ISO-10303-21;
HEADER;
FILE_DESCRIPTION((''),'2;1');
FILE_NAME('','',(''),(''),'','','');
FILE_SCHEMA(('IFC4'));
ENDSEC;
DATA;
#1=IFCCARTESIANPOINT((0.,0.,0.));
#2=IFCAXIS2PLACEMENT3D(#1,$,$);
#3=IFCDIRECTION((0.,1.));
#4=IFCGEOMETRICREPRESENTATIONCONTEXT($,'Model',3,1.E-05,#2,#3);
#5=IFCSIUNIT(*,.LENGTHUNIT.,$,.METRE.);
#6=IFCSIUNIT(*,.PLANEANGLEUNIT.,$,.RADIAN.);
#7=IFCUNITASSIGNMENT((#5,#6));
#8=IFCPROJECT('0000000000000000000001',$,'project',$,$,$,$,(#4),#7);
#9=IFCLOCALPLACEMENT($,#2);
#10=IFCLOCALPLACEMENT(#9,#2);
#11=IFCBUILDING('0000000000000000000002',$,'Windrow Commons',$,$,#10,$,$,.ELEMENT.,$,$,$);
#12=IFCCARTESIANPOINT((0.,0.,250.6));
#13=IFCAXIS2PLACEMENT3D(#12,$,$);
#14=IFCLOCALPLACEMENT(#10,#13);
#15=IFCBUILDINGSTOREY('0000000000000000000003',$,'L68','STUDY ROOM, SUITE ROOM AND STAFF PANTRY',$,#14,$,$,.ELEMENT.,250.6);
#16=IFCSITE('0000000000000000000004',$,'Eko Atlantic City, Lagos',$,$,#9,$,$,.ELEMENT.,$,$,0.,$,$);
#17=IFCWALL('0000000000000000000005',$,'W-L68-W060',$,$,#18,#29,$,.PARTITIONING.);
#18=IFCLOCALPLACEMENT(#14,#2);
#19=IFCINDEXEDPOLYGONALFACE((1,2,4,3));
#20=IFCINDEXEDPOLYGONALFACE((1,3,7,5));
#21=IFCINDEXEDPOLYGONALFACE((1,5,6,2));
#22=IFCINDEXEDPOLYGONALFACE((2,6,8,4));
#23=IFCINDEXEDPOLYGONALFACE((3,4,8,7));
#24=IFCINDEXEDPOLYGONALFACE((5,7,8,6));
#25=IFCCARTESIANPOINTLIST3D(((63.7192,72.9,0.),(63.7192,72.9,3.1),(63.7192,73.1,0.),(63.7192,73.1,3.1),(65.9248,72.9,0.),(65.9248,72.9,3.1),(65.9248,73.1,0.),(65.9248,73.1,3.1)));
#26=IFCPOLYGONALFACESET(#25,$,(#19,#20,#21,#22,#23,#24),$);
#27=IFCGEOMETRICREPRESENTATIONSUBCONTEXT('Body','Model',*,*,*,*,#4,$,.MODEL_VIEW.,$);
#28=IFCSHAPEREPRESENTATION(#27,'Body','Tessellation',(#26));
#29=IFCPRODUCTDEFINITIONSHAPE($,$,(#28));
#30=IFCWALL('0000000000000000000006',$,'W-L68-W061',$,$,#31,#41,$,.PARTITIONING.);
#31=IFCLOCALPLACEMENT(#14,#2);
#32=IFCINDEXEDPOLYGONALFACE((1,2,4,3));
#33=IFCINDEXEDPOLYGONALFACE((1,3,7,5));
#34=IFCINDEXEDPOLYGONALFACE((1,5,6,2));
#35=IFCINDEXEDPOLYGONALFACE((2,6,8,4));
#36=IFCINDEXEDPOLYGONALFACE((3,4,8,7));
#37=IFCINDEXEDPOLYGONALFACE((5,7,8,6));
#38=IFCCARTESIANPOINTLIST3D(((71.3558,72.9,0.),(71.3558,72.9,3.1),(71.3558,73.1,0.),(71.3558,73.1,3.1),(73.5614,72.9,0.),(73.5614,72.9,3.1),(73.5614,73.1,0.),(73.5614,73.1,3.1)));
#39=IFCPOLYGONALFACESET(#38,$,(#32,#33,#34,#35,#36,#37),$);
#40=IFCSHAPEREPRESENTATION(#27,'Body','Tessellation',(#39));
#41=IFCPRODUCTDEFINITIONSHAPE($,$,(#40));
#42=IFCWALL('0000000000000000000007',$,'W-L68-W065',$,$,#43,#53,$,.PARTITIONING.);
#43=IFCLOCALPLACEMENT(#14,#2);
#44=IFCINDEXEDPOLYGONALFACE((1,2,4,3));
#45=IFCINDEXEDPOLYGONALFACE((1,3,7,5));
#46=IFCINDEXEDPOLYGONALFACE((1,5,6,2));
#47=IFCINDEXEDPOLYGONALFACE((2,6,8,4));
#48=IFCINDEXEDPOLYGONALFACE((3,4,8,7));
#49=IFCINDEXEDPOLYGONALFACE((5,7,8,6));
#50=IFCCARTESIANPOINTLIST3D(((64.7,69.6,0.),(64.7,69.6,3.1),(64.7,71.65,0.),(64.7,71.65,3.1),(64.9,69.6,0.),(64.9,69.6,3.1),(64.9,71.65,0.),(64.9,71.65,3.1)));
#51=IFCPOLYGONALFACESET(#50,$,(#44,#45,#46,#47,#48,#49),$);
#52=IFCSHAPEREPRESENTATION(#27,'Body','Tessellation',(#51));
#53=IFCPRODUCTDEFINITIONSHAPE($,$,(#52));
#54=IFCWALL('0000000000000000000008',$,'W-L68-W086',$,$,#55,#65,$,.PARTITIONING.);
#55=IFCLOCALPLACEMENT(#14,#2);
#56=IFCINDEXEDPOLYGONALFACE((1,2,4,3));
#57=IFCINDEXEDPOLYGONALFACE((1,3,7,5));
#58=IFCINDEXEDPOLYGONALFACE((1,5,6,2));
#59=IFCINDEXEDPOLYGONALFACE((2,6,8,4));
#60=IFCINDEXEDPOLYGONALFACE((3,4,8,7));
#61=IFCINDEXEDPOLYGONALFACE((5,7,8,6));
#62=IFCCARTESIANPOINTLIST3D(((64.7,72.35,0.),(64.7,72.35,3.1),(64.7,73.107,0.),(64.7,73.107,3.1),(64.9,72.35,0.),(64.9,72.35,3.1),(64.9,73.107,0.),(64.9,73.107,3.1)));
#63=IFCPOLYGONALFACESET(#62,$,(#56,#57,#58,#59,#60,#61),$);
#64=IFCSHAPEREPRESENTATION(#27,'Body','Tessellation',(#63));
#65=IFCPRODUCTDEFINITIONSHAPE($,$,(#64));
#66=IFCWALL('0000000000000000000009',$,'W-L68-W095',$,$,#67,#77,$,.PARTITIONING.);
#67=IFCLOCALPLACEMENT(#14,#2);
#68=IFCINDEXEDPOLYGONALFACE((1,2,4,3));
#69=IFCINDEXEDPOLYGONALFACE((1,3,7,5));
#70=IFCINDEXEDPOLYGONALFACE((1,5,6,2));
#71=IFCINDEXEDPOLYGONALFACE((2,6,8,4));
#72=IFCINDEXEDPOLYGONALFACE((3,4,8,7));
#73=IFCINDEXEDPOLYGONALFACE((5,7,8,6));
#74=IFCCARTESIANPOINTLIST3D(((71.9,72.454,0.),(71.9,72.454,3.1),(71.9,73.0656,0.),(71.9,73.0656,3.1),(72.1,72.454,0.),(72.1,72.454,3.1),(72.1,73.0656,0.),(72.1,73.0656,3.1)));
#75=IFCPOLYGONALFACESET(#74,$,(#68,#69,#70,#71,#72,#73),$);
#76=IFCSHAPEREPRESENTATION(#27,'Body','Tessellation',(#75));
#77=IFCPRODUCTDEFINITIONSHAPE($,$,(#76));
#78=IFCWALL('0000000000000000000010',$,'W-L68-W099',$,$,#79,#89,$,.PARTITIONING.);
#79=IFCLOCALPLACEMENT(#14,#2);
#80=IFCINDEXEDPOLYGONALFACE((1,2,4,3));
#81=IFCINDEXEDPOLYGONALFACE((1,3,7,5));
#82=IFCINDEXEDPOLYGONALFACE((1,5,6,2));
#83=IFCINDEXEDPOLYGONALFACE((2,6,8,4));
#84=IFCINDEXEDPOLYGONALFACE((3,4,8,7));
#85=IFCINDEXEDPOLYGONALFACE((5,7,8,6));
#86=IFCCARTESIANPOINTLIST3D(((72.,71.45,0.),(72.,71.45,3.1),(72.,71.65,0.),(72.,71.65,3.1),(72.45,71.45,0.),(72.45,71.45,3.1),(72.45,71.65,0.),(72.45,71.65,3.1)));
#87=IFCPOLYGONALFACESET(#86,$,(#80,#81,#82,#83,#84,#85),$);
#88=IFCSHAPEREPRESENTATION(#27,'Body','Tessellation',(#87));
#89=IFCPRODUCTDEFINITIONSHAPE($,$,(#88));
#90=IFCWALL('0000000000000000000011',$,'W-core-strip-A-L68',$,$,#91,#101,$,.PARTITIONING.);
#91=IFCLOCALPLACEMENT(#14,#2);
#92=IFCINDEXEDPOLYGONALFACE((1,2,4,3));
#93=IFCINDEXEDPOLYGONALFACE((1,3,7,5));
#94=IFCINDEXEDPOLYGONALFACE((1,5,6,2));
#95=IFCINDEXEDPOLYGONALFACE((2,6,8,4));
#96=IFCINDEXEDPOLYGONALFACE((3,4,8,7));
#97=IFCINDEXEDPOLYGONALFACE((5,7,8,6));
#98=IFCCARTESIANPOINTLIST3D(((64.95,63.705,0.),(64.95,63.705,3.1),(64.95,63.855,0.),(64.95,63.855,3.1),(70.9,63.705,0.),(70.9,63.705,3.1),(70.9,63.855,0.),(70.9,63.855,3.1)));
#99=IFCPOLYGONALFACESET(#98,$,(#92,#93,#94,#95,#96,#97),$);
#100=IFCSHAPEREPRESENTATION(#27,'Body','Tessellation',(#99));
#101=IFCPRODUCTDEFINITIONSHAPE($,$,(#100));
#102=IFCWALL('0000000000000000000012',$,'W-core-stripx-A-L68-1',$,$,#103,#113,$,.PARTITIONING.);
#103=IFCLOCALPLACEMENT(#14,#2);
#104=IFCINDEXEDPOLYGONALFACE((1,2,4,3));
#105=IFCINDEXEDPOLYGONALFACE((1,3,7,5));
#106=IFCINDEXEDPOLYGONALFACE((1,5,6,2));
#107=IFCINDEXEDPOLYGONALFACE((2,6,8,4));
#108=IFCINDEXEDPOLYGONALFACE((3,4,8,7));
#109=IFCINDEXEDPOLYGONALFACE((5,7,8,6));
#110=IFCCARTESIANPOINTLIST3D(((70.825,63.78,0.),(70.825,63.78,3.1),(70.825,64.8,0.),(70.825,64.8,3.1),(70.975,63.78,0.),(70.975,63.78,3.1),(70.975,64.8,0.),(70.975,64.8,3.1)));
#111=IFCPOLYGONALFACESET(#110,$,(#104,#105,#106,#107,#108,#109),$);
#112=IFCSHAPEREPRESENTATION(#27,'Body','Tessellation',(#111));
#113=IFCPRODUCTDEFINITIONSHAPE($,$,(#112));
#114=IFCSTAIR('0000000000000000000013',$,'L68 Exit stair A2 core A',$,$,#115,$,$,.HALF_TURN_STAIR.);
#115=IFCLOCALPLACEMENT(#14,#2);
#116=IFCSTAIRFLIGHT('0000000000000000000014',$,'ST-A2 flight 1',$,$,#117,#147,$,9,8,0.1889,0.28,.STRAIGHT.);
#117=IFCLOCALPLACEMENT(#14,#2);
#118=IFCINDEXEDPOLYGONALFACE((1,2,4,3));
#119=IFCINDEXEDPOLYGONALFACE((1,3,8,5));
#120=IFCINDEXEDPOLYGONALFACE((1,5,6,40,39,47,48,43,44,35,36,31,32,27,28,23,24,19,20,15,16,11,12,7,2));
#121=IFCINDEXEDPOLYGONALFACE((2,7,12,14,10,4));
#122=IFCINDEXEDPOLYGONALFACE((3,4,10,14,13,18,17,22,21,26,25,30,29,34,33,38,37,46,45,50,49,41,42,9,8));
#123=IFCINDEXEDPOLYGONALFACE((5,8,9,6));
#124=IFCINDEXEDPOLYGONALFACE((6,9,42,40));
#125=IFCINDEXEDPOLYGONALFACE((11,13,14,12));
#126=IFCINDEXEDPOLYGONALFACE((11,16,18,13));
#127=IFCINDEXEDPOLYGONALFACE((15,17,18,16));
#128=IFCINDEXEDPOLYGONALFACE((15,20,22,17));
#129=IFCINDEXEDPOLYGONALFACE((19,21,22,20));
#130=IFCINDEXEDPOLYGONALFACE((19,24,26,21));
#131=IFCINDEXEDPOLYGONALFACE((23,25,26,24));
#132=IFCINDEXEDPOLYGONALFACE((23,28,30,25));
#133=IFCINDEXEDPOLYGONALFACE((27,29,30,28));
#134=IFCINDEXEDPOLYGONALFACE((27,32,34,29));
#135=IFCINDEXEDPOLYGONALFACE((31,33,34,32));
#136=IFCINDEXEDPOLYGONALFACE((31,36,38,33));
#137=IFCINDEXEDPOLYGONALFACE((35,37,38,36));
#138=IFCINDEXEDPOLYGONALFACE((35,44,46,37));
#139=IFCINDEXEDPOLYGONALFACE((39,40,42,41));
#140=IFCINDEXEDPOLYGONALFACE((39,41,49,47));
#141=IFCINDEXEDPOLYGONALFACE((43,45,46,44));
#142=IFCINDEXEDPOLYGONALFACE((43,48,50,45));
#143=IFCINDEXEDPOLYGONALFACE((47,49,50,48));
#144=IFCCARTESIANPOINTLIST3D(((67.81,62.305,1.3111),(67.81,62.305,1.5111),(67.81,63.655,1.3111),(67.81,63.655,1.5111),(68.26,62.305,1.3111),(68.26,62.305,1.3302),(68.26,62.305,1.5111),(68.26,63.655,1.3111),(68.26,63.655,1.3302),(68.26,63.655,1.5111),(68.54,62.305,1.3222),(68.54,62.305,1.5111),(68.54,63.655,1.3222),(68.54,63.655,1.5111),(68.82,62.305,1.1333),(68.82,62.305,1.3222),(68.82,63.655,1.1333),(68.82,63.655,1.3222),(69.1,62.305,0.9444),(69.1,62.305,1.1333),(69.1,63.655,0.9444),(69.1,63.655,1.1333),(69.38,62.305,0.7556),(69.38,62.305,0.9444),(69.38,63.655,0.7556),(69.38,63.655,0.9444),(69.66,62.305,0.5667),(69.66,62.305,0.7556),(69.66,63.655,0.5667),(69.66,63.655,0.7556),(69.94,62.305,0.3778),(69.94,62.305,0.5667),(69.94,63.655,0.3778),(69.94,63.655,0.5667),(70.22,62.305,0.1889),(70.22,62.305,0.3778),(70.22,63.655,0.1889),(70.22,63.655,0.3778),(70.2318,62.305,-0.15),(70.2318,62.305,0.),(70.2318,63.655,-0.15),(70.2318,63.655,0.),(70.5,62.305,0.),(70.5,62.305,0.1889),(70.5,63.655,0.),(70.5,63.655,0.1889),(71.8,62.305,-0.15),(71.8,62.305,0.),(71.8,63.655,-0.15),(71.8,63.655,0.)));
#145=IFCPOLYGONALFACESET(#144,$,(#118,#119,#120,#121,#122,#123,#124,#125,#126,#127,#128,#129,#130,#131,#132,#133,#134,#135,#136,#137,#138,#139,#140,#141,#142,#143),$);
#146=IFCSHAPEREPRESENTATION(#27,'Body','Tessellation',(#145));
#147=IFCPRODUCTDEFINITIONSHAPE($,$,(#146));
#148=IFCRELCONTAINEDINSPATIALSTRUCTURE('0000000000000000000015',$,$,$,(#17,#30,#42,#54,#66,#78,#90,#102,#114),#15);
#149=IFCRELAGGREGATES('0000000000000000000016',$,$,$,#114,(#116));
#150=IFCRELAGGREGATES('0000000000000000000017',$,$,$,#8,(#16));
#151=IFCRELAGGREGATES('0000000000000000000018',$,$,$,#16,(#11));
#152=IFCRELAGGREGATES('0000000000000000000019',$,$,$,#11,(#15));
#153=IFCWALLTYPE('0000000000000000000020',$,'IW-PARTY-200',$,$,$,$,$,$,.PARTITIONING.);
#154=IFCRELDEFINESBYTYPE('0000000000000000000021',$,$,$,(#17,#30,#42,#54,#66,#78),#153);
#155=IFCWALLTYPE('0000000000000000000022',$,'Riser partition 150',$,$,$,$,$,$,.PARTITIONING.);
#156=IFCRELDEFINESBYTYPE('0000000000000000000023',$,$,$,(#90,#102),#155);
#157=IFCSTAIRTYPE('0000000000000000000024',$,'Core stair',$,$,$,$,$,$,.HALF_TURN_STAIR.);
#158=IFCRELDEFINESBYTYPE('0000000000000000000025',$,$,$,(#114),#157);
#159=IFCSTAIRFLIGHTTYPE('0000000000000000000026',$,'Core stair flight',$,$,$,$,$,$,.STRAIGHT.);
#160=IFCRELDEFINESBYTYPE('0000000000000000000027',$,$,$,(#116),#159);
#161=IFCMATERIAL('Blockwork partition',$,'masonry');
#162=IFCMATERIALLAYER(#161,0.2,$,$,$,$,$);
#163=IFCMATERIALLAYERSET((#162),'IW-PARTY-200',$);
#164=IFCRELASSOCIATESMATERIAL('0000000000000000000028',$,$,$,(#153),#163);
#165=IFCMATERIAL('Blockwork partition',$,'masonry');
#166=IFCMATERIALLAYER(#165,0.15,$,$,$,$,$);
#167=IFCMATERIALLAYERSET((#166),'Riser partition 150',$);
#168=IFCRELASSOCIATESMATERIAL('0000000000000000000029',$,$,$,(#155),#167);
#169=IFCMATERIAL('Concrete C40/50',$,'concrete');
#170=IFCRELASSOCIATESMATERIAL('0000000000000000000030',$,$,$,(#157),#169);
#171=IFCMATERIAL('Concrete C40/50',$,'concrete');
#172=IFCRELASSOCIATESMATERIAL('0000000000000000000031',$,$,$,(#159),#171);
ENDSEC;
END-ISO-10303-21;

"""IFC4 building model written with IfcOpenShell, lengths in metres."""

from ifc_helpers import new_model, si_unit, direction, frame, frame_2d, origin, place, context, subcontext, project, spatial, polyline, rectangle, outline, extrude, material, layer, layer_set, type_object, element, aggregate, save


model = new_model("IFC4")

# Units and contexts
model_context = context("Model", 3, precision=1e-05, world=origin(), true_north=direction((0.0, 1.0)))
body_context = subcontext(model_context, "Body", "Model", "MODEL_VIEW")
ifc_project = project(units=[si_unit("LENGTHUNIT", "METRE"), si_unit("PLANEANGLEUNIT", "RADIAN")], contexts=[model_context])

# Site, building, storey
site_placement = place(None, origin())
site = spatial("IfcSite", under=ifc_project, at=site_placement, Name="Eko Atlantic City, Lagos", CompositionType="ELEMENT", RefElevation=0.0)
building_placement = place(site_placement, origin())
building = spatial("IfcBuilding", under=site, at=building_placement, Name="Windrow Commons", CompositionType="ELEMENT")
storey_placement = place(building_placement, frame((0.0, 0.0, 250.6)))
storey = spatial("IfcBuildingStorey", under=building, at=storey_placement, Name="L68", Description="STUDY ROOM, SUITE ROOM AND STAFF PANTRY", CompositionType="ELEMENT", Elevation=250.6)

# Walls
ifc_material_1 = material(Name="Blockwork partition", Category="masonry")
ifc_layer_1 = layer(ifc_material_1, 0.2)
ifc_layer_set_1 = layer_set([ifc_layer_1], Name="IW-PARTY-200")
wall_type_1 = type_object("IfcWallType", Name="IW-PARTY-200", PredefinedType="PARTITIONING", material=ifc_layer_set_1)
for number, where, z_axis, x_axis, name in (
    (1, (63.7191, 73.0, 0.0), (0.0, 0.0, 1.0), (1.0, 0.0, 0.0), "W-L68-W060"),
    (2, (71.3557, 73.0, 0.0), (0.0, 0.0, 1.0), (1.0, 0.0, 0.0), "W-L68-W061"),
):
    element("IfcWall", number, at=place(storey_placement, frame(where, z_axis=z_axis, x_axis=x_axis)), inside=storey, type_object=wall_type_1, Name=name, PredefinedType="PARTITIONING", context=body_context, shape_type="SweptSolid", body=[
        extrude(rectangle(XDim=2.2057, YDim=0.2, at=frame_2d((1.1029, 0.0))), origin(), (0.0, 0.0, 1.0), 3.1),
    ])
wall_1_placement = place(storey_placement, frame((64.8, 69.6, 0.0), z_axis=(0.0, 0.0, 1.0), x_axis=(0.0, 1.0, 0.0)))
element("IfcWall", 3, at=wall_1_placement, inside=storey, type_object=wall_type_1, Name="W-L68-W065", PredefinedType="PARTITIONING", context=body_context, shape_type="SweptSolid", body=[
    extrude(rectangle(XDim=2.05, YDim=0.2, at=frame_2d((1.025, 0.0))), origin(), (0.0, 0.0, 1.0), 3.1),
])
wall_2_placement = place(storey_placement, frame((64.8, 72.35, 0.0), z_axis=(0.0, 0.0, 1.0), x_axis=(0.0, 1.0, 0.0)))
element("IfcWall", 4, at=wall_2_placement, inside=storey, type_object=wall_type_1, Name="W-L68-W086", PredefinedType="PARTITIONING", context=body_context, shape_type="SweptSolid", body=[
    extrude(rectangle(XDim=0.7569, YDim=0.2, at=frame_2d((0.3785, 0.0))), origin(), (0.0, 0.0, 1.0), 3.1),
])
wall_3_placement = place(storey_placement, frame((72.0, 72.454, 0.0), z_axis=(0.0, 0.0, 1.0), x_axis=(0.0, 1.0, 0.0)))
element("IfcWall", 5, at=wall_3_placement, inside=storey, type_object=wall_type_1, Name="W-L68-W095", PredefinedType="PARTITIONING", context=body_context, shape_type="SweptSolid", body=[
    extrude(rectangle(XDim=0.6116, YDim=0.2, at=frame_2d((0.3058, 0.0))), origin(), (0.0, 0.0, 1.0), 3.1),
])
wall_4_placement = place(storey_placement, frame((72.0, 71.55, 0.0), z_axis=(0.0, 0.0, 1.0), x_axis=(1.0, 0.0, 0.0)))
element("IfcWall", 6, at=wall_4_placement, inside=storey, type_object=wall_type_1, Name="W-L68-W099", PredefinedType="PARTITIONING", context=body_context, shape_type="SweptSolid", body=[
    extrude(rectangle(XDim=0.45, YDim=0.2, at=frame_2d((0.225, 0.0))), origin(), (0.0, 0.0, 1.0), 3.1),
])
ifc_material_2 = material(Name="Blockwork partition", Category="masonry")
ifc_layer_2 = layer(ifc_material_2, 0.15)
ifc_layer_set_2 = layer_set([ifc_layer_2], Name="Riser partition 150")
wall_type_2 = type_object("IfcWallType", Name="Riser partition 150", PredefinedType="PARTITIONING", material=ifc_layer_set_2)
wall_5_placement = place(storey_placement, frame((64.95, 63.78, 0.0), z_axis=(0.0, 0.0, 1.0), x_axis=(1.0, 0.0, 0.0)))
element("IfcWall", 7, at=wall_5_placement, inside=storey, type_object=wall_type_2, Name="W-core-strip-A-L68", PredefinedType="PARTITIONING", context=body_context, shape_type="SweptSolid", body=[
    extrude(rectangle(XDim=5.95, YDim=0.15, at=frame_2d((2.975, 0.0))), origin(), (0.0, 0.0, 1.0), 3.1),
])
wall_6_placement = place(storey_placement, frame((70.9, 63.78, 0.0), z_axis=(0.0, 0.0, 1.0), x_axis=(0.0, 1.0, 0.0)))
element("IfcWall", 8, at=wall_6_placement, inside=storey, type_object=wall_type_2, Name="W-core-stripx-A-L68-1", PredefinedType="PARTITIONING", context=body_context, shape_type="SweptSolid", body=[
    extrude(rectangle(XDim=1.02, YDim=0.15, at=frame_2d((0.51, 0.0))), origin(), (0.0, 0.0, 1.0), 3.1),
])

# Stair, stair flight
ifc_material_3 = material(Name="Concrete C40/50", Category="concrete")
stair_type = type_object("IfcStairType", Name="Core stair", PredefinedType="HALF_TURN_STAIR", material=ifc_material_3)
stair_placement = place(storey_placement, origin())
stair = element("IfcStair", 9, at=stair_placement, inside=storey, type_object=stair_type, Name="L68 Exit stair A2 core A", PredefinedType="HALF_TURN_STAIR")
ifc_material_4 = material(Name="Concrete C40/50", Category="concrete")
stair_flight_type = type_object("IfcStairFlightType", Name="Core stair flight", PredefinedType="STRAIGHT", material=ifc_material_4)
stair_flight_placement = place(storey_placement, frame((70.5, 62.98, 0.0), z_axis=(0.0, 0.0, 1.0), x_axis=(-1.0, 0.0, 0.0)))
stair_flight = element("IfcStairFlight", 10, at=stair_flight_placement, type_object=stair_flight_type, Name="ST-A2 flight 1", NumberOfRisers=9, NumberOfTreads=8, PredefinedType="STRAIGHT", RiserHeight=0.1889, TreadLength=0.28, context=body_context, shape_type="SweptSolid", body=[
    extrude(outline(polyline([(-1.3, -0.15), (-1.3, 0.0), (0.0, 0.0), (0.0, 0.1889), (0.28, 0.1889), (0.28, 0.3778), (0.56, 0.3778), (0.56, 0.5667), (0.84, 0.5667), (0.84, 0.7556), (1.12, 0.7556), (1.12, 0.9444), (1.4, 0.9444), (1.4, 1.1333), (1.68, 1.1333), (1.68, 1.3222), (1.96, 1.3222), (1.96, 1.5111), (2.24, 1.5111), (2.69, 1.5111), (2.69, 1.3111), (2.24, 1.3111), (2.24, 1.3302), (0.2682, 0.0), (0.2682, -0.15), (-1.3, -0.15)])), frame((0.0, 0.675, 0.0), z_axis=(0.0, -1.0, 0.0), x_axis=(1.0, 0.0, 0.0)), (0.0, 0.0, 1.0), 1.35),
])
aggregate(stair, [stair_flight])

save(model, "model.ifc")
